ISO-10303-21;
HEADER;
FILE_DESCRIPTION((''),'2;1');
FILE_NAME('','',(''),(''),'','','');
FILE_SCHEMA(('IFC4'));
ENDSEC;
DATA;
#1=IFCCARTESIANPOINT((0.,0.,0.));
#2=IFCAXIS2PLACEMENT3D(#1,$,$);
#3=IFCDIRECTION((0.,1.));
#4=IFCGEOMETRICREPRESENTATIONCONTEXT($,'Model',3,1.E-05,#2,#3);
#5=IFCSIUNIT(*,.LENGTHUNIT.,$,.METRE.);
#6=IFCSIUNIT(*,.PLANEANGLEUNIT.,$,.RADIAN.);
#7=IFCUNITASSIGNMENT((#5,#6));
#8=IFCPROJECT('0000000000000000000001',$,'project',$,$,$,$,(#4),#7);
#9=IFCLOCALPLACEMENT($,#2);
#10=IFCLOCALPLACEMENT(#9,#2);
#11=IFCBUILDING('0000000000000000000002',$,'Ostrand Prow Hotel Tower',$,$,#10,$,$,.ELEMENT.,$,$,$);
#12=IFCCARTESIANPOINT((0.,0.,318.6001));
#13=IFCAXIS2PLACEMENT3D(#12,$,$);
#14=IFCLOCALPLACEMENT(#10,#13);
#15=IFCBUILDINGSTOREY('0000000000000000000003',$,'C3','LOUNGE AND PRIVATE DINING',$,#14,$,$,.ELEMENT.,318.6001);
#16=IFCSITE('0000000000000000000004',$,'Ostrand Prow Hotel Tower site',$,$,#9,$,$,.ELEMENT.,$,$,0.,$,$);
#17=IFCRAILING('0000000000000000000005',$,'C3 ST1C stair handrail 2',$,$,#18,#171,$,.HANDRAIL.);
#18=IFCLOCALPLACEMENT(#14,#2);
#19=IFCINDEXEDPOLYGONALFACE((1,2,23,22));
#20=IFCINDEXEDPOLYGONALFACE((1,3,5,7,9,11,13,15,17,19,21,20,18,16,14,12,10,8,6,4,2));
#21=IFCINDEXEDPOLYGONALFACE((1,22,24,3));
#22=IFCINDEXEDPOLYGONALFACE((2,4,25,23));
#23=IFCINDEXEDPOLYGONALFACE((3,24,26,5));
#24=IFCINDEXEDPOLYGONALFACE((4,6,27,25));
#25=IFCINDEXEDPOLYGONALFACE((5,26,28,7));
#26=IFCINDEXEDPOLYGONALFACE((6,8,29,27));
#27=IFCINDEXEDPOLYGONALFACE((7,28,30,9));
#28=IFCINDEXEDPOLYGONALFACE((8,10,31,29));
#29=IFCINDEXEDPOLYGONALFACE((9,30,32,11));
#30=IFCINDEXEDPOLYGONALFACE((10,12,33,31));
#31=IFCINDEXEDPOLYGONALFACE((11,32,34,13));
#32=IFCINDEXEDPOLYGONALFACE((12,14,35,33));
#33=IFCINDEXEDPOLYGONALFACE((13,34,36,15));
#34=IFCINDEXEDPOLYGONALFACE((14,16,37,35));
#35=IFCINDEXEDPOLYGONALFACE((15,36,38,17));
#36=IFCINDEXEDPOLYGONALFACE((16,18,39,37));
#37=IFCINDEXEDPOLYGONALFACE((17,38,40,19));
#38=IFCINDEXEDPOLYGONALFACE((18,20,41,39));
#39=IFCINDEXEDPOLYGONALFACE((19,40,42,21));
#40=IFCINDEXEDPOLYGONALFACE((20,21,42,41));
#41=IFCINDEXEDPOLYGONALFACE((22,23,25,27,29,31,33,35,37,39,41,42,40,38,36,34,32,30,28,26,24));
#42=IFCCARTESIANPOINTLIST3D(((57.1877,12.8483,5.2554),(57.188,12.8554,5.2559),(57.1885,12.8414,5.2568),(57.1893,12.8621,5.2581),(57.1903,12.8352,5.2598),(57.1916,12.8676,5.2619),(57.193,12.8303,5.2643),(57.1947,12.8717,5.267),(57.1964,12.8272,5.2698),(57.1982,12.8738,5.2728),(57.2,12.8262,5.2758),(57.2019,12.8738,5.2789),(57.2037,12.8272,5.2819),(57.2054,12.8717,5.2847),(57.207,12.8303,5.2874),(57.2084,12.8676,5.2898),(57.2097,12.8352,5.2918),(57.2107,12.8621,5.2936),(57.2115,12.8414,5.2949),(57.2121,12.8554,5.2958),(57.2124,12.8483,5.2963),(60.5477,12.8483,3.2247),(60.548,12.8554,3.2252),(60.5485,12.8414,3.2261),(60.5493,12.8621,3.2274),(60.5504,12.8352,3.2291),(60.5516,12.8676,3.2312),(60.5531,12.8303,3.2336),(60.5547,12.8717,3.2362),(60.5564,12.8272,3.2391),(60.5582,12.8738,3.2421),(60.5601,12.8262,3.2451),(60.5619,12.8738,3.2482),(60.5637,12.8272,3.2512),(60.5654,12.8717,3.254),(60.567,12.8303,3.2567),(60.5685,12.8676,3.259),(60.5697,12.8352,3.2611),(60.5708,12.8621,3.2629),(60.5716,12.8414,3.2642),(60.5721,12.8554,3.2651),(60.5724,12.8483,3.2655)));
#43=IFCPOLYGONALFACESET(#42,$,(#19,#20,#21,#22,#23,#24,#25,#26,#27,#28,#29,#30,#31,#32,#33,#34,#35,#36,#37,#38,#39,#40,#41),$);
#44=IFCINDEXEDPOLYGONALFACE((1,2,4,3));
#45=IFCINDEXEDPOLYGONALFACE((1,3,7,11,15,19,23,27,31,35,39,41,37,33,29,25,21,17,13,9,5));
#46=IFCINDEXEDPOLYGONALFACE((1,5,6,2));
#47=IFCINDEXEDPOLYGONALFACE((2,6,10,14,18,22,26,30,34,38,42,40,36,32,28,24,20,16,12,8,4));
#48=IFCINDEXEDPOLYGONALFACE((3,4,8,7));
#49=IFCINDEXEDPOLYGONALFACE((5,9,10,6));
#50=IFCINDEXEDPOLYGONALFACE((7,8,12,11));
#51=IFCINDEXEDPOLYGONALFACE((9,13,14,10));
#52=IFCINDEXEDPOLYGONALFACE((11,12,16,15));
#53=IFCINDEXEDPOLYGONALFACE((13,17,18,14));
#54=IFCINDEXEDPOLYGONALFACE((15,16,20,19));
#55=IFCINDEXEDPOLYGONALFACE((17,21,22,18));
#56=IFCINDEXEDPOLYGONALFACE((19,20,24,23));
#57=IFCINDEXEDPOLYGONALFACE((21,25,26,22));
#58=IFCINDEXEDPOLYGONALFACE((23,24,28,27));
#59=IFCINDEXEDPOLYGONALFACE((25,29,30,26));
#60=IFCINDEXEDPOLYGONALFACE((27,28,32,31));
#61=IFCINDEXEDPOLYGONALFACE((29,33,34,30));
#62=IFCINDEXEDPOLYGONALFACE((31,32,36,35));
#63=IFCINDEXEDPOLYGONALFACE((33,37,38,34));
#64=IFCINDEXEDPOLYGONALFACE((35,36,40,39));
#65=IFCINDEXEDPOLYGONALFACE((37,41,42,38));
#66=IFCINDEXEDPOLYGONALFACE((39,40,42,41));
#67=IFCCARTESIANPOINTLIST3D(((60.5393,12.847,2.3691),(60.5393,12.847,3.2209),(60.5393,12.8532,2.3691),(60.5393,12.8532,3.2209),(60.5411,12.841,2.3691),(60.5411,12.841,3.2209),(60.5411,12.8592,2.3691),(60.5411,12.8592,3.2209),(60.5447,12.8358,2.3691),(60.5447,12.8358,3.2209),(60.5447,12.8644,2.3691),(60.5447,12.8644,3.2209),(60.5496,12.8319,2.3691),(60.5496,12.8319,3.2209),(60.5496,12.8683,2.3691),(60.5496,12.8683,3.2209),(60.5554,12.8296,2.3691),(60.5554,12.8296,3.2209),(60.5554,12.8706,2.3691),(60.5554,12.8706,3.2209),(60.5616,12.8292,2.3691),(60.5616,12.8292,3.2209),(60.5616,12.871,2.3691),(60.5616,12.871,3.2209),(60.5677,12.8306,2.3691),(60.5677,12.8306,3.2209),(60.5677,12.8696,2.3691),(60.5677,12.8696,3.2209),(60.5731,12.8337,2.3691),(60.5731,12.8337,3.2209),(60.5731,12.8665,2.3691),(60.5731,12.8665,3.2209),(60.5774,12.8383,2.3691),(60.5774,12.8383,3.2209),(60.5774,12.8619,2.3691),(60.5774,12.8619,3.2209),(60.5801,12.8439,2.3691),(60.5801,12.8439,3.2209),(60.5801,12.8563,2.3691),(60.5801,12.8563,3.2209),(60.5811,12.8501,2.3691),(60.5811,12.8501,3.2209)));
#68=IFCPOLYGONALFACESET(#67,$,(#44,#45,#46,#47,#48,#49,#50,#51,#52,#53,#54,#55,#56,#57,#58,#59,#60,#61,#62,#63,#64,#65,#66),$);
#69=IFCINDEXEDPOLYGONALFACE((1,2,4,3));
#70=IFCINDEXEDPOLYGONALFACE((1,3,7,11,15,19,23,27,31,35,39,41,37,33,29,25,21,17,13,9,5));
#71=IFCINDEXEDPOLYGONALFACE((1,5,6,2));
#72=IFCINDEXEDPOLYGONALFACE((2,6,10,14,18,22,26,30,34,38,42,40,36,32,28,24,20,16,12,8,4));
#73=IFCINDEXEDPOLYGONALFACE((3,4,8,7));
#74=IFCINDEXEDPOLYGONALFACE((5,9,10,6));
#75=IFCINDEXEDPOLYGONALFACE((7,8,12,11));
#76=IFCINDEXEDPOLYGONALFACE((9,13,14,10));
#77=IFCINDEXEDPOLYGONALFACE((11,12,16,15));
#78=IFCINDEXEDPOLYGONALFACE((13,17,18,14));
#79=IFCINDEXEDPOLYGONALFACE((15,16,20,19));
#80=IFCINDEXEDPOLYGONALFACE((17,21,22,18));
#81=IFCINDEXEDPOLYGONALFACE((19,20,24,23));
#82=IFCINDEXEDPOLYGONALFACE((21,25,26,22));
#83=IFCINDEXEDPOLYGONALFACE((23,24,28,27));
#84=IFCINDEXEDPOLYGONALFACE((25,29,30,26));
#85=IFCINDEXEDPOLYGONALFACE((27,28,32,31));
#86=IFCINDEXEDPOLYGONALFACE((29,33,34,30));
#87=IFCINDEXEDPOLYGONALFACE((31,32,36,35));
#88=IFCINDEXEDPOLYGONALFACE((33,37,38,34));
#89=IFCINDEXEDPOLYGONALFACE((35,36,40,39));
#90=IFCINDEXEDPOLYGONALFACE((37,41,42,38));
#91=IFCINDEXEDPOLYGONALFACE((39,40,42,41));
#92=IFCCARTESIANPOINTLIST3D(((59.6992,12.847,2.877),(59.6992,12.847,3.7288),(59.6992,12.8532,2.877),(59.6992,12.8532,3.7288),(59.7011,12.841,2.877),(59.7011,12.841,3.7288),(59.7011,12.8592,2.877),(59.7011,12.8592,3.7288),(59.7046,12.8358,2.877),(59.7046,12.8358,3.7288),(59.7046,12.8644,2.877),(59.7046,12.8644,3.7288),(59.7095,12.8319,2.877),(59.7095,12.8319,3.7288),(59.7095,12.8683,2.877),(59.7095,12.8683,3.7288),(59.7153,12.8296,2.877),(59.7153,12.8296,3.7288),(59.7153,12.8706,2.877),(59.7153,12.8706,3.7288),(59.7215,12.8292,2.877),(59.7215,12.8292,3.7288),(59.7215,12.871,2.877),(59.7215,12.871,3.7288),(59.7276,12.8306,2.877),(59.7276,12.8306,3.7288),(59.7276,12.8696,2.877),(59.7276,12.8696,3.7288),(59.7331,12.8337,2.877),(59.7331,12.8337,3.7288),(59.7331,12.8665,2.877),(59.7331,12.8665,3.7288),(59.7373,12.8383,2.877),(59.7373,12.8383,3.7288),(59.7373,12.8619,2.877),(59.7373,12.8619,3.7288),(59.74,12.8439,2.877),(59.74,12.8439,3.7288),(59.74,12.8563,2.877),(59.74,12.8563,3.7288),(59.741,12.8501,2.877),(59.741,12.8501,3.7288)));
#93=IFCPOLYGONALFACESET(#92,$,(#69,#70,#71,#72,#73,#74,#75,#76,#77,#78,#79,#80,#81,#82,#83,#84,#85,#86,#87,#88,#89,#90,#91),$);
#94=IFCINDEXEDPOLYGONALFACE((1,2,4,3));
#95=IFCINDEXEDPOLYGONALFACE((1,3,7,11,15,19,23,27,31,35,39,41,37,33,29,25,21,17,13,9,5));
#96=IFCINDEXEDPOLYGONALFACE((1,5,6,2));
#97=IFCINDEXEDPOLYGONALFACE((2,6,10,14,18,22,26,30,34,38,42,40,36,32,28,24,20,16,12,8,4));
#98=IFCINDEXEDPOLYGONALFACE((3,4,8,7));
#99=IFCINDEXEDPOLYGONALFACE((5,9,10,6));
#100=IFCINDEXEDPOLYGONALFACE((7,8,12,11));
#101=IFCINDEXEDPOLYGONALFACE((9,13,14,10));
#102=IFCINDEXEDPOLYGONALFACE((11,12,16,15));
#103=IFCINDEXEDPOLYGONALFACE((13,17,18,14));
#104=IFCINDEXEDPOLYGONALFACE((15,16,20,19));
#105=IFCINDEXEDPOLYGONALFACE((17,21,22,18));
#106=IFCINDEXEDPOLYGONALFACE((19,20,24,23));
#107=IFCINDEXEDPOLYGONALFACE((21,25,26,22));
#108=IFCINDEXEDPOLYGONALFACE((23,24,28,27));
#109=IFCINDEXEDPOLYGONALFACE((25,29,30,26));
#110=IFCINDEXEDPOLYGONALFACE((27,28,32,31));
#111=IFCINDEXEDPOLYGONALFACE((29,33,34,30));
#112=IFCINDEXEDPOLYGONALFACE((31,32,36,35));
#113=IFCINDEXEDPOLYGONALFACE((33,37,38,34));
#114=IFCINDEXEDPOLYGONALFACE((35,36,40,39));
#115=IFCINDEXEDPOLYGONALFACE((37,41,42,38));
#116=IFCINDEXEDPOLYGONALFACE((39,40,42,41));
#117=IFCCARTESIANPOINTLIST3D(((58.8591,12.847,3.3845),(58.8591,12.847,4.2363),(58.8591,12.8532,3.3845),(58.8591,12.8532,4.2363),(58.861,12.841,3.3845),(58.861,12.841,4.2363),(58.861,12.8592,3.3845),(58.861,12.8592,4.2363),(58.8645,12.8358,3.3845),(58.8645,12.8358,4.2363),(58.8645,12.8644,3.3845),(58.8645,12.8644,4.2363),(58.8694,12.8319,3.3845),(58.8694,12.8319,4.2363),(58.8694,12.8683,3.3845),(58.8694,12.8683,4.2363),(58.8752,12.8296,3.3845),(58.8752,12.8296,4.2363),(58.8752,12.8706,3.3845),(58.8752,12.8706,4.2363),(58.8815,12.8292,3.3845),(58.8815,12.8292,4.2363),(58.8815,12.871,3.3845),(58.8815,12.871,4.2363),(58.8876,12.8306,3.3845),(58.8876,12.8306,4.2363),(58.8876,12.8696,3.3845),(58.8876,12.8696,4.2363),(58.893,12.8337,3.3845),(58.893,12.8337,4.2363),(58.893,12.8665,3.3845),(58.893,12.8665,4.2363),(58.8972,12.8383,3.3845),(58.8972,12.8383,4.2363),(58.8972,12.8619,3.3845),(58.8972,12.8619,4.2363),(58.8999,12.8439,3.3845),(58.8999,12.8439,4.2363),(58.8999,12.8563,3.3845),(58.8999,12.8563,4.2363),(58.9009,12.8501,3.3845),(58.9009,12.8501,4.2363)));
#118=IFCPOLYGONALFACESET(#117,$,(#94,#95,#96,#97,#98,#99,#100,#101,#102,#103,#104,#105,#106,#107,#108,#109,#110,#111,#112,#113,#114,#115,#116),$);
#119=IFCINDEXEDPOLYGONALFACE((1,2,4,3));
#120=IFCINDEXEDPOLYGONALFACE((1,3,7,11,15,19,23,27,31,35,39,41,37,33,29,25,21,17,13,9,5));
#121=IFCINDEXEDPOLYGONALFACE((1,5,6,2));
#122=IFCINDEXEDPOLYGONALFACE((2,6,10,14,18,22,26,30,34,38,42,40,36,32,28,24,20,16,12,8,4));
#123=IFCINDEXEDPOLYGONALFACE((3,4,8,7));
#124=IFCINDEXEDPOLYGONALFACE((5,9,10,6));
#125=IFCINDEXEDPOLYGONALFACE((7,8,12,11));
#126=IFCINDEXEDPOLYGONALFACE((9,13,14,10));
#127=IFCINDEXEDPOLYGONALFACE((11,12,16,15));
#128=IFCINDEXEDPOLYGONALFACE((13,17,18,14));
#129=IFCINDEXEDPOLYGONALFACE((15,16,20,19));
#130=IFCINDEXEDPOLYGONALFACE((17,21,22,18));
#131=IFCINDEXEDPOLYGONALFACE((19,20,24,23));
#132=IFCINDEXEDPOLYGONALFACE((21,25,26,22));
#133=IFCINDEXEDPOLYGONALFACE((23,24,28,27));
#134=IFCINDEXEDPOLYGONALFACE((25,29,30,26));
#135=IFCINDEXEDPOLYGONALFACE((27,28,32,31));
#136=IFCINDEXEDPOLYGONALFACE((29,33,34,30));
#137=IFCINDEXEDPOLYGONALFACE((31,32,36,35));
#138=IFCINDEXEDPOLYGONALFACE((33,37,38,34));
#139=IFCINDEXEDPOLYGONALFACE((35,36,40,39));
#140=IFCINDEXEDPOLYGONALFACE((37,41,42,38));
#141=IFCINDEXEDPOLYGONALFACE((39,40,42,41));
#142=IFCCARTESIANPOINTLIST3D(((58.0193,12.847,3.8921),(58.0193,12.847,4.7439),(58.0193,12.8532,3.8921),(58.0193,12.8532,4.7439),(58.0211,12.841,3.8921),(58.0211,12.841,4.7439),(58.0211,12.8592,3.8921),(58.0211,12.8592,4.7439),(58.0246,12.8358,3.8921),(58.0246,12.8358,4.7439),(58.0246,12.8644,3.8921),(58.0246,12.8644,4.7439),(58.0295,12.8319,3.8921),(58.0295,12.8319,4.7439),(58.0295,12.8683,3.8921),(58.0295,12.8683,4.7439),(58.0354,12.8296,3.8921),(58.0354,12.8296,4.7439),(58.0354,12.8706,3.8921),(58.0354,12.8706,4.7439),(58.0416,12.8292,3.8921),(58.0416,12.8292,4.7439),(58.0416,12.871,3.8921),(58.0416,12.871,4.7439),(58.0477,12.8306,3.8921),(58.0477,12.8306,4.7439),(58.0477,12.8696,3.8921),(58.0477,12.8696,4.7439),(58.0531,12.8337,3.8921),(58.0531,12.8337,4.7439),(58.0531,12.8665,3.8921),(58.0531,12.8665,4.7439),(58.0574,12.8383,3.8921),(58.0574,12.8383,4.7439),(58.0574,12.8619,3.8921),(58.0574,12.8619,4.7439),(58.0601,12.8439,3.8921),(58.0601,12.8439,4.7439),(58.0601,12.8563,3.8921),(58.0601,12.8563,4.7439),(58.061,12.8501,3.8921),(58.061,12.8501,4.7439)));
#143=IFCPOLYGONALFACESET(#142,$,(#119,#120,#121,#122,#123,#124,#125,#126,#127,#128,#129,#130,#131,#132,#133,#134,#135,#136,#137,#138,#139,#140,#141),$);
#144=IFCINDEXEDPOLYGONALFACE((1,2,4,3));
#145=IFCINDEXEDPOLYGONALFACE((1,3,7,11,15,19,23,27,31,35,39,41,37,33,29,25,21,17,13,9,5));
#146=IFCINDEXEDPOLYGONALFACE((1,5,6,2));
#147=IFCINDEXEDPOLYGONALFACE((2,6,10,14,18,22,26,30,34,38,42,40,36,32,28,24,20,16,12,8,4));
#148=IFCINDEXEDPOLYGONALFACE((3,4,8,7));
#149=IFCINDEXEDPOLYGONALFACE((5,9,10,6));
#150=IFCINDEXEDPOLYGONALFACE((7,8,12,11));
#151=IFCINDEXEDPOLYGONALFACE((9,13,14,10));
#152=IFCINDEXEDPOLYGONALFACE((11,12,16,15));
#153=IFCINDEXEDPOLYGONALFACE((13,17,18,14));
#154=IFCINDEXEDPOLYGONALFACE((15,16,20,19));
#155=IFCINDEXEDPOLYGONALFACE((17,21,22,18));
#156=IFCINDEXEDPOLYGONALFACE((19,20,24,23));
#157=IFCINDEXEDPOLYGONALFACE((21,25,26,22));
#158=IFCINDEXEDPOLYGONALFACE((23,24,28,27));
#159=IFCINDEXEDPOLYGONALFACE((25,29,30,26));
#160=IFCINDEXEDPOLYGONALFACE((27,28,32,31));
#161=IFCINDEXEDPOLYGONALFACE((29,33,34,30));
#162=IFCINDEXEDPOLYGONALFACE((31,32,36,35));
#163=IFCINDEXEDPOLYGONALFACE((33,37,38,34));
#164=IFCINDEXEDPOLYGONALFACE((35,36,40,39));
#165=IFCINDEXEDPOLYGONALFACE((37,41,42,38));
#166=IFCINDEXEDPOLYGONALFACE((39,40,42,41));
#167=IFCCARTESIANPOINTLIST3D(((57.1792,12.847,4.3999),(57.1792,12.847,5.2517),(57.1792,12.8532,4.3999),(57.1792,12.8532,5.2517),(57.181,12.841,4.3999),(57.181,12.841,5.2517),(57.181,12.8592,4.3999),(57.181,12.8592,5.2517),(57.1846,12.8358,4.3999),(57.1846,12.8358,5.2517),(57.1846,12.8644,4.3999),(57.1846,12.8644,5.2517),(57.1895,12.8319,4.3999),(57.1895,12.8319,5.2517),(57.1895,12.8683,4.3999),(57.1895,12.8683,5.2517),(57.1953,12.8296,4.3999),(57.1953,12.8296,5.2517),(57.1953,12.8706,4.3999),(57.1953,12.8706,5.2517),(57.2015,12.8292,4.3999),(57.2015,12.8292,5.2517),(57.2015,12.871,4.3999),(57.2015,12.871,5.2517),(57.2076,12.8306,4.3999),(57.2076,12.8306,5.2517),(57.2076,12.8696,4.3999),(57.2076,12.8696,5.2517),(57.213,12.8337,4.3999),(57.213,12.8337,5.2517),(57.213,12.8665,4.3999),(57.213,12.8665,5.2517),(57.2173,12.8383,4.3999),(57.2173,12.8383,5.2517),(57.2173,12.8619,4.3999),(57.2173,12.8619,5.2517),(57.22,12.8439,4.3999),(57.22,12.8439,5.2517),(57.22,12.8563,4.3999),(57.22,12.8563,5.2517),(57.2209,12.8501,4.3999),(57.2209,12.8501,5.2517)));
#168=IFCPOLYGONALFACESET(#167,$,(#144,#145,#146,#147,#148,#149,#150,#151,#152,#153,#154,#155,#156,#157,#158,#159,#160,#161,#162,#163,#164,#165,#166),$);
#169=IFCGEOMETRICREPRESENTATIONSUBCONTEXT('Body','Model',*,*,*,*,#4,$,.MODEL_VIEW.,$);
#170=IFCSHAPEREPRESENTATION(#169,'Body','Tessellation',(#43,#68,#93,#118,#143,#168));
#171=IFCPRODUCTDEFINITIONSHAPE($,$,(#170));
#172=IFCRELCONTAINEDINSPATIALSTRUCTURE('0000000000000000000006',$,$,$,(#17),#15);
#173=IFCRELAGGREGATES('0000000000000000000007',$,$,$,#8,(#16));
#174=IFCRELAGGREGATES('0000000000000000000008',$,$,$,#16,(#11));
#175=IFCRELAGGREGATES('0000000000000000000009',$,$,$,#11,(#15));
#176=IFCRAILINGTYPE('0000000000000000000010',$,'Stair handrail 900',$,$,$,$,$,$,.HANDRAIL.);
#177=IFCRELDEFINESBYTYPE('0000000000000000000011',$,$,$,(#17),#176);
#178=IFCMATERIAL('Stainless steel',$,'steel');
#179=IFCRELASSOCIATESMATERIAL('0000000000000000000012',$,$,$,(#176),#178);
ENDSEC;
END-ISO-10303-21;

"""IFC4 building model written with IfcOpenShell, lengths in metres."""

from ifc_helpers import new_model, si_unit, direction, frame, origin, origin_2d, place, context, subcontext, project, spatial, circle, extrude, material, type_object, element, save


model = new_model("IFC4")

# Units and contexts
model_context = context("Model", 3, precision=1e-05, world=origin(), true_north=direction((0.0, 1.0)))
body_context = subcontext(model_context, "Body", "Model", "MODEL_VIEW")
ifc_project = project(units=[si_unit("LENGTHUNIT", "METRE"), si_unit("PLANEANGLEUNIT", "RADIAN")], contexts=[model_context])

# Site, building, storey
site_placement = place(None, origin())
site = spatial("IfcSite", under=ifc_project, at=site_placement, Name="Ostrand Prow Hotel Tower site", CompositionType="ELEMENT", RefElevation=0.0)
building_placement = place(site_placement, origin())
building = spatial("IfcBuilding", under=site, at=building_placement, Name="Ostrand Prow Hotel Tower", CompositionType="ELEMENT")
storey_placement = place(building_placement, frame((0.0, 0.0, 318.6001)))
storey = spatial("IfcBuildingStorey", under=building, at=storey_placement, Name="C3", Description="LOUNGE AND PRIVATE DINING", CompositionType="ELEMENT", Elevation=318.6001)

# Railing
ifc_material_1 = material(Name="Stainless steel", Category="steel")
railing_type_1 = type_object("IfcRailingType", Name="Stair handrail 900", PredefinedType="HANDRAIL", material=ifc_material_1)
railing_1_placement = place(storey_placement, frame((60.5601, 12.8501, 2.3691)))
element("IfcRailing", 1, at=railing_1_placement, inside=storey, type_object=railing_type_1, Name="C3 ST1C stair handrail 2", PredefinedType="HANDRAIL", context=body_context, shape_type="SweptSolid", body=[
    extrude(circle(Radius=0.0239, at=origin_2d()), frame((0.0, 0.0, 0.876), z_axis=(-0.855837, 0.0, 0.517246), x_axis=(0.0, -1.0, 0.0)), (0.0, 0.0, 1.0), 3.926),
    extrude(circle(Radius=0.021, at=origin_2d()), origin(), (0.0, 0.0, 1.0), 0.8518),
    extrude(circle(Radius=0.021, at=origin_2d()), frame((-0.8401, 0.0, 0.5078)), (0.0, 0.0, 1.0), 0.8518),
    extrude(circle(Radius=0.021, at=origin_2d()), frame((-1.6802, 0.0, 1.0154)), (0.0, 0.0, 1.0), 0.8518),
    extrude(circle(Radius=0.021, at=origin_2d()), frame((-2.52, 0.0, 1.5229)), (0.0, 0.0, 1.0), 0.8518),
    extrude(circle(Radius=0.021, at=origin_2d()), frame((-3.3601, 0.0, 2.0308)), (0.0, 0.0, 1.0), 0.8518),
])

save(model, "model.ifc")
